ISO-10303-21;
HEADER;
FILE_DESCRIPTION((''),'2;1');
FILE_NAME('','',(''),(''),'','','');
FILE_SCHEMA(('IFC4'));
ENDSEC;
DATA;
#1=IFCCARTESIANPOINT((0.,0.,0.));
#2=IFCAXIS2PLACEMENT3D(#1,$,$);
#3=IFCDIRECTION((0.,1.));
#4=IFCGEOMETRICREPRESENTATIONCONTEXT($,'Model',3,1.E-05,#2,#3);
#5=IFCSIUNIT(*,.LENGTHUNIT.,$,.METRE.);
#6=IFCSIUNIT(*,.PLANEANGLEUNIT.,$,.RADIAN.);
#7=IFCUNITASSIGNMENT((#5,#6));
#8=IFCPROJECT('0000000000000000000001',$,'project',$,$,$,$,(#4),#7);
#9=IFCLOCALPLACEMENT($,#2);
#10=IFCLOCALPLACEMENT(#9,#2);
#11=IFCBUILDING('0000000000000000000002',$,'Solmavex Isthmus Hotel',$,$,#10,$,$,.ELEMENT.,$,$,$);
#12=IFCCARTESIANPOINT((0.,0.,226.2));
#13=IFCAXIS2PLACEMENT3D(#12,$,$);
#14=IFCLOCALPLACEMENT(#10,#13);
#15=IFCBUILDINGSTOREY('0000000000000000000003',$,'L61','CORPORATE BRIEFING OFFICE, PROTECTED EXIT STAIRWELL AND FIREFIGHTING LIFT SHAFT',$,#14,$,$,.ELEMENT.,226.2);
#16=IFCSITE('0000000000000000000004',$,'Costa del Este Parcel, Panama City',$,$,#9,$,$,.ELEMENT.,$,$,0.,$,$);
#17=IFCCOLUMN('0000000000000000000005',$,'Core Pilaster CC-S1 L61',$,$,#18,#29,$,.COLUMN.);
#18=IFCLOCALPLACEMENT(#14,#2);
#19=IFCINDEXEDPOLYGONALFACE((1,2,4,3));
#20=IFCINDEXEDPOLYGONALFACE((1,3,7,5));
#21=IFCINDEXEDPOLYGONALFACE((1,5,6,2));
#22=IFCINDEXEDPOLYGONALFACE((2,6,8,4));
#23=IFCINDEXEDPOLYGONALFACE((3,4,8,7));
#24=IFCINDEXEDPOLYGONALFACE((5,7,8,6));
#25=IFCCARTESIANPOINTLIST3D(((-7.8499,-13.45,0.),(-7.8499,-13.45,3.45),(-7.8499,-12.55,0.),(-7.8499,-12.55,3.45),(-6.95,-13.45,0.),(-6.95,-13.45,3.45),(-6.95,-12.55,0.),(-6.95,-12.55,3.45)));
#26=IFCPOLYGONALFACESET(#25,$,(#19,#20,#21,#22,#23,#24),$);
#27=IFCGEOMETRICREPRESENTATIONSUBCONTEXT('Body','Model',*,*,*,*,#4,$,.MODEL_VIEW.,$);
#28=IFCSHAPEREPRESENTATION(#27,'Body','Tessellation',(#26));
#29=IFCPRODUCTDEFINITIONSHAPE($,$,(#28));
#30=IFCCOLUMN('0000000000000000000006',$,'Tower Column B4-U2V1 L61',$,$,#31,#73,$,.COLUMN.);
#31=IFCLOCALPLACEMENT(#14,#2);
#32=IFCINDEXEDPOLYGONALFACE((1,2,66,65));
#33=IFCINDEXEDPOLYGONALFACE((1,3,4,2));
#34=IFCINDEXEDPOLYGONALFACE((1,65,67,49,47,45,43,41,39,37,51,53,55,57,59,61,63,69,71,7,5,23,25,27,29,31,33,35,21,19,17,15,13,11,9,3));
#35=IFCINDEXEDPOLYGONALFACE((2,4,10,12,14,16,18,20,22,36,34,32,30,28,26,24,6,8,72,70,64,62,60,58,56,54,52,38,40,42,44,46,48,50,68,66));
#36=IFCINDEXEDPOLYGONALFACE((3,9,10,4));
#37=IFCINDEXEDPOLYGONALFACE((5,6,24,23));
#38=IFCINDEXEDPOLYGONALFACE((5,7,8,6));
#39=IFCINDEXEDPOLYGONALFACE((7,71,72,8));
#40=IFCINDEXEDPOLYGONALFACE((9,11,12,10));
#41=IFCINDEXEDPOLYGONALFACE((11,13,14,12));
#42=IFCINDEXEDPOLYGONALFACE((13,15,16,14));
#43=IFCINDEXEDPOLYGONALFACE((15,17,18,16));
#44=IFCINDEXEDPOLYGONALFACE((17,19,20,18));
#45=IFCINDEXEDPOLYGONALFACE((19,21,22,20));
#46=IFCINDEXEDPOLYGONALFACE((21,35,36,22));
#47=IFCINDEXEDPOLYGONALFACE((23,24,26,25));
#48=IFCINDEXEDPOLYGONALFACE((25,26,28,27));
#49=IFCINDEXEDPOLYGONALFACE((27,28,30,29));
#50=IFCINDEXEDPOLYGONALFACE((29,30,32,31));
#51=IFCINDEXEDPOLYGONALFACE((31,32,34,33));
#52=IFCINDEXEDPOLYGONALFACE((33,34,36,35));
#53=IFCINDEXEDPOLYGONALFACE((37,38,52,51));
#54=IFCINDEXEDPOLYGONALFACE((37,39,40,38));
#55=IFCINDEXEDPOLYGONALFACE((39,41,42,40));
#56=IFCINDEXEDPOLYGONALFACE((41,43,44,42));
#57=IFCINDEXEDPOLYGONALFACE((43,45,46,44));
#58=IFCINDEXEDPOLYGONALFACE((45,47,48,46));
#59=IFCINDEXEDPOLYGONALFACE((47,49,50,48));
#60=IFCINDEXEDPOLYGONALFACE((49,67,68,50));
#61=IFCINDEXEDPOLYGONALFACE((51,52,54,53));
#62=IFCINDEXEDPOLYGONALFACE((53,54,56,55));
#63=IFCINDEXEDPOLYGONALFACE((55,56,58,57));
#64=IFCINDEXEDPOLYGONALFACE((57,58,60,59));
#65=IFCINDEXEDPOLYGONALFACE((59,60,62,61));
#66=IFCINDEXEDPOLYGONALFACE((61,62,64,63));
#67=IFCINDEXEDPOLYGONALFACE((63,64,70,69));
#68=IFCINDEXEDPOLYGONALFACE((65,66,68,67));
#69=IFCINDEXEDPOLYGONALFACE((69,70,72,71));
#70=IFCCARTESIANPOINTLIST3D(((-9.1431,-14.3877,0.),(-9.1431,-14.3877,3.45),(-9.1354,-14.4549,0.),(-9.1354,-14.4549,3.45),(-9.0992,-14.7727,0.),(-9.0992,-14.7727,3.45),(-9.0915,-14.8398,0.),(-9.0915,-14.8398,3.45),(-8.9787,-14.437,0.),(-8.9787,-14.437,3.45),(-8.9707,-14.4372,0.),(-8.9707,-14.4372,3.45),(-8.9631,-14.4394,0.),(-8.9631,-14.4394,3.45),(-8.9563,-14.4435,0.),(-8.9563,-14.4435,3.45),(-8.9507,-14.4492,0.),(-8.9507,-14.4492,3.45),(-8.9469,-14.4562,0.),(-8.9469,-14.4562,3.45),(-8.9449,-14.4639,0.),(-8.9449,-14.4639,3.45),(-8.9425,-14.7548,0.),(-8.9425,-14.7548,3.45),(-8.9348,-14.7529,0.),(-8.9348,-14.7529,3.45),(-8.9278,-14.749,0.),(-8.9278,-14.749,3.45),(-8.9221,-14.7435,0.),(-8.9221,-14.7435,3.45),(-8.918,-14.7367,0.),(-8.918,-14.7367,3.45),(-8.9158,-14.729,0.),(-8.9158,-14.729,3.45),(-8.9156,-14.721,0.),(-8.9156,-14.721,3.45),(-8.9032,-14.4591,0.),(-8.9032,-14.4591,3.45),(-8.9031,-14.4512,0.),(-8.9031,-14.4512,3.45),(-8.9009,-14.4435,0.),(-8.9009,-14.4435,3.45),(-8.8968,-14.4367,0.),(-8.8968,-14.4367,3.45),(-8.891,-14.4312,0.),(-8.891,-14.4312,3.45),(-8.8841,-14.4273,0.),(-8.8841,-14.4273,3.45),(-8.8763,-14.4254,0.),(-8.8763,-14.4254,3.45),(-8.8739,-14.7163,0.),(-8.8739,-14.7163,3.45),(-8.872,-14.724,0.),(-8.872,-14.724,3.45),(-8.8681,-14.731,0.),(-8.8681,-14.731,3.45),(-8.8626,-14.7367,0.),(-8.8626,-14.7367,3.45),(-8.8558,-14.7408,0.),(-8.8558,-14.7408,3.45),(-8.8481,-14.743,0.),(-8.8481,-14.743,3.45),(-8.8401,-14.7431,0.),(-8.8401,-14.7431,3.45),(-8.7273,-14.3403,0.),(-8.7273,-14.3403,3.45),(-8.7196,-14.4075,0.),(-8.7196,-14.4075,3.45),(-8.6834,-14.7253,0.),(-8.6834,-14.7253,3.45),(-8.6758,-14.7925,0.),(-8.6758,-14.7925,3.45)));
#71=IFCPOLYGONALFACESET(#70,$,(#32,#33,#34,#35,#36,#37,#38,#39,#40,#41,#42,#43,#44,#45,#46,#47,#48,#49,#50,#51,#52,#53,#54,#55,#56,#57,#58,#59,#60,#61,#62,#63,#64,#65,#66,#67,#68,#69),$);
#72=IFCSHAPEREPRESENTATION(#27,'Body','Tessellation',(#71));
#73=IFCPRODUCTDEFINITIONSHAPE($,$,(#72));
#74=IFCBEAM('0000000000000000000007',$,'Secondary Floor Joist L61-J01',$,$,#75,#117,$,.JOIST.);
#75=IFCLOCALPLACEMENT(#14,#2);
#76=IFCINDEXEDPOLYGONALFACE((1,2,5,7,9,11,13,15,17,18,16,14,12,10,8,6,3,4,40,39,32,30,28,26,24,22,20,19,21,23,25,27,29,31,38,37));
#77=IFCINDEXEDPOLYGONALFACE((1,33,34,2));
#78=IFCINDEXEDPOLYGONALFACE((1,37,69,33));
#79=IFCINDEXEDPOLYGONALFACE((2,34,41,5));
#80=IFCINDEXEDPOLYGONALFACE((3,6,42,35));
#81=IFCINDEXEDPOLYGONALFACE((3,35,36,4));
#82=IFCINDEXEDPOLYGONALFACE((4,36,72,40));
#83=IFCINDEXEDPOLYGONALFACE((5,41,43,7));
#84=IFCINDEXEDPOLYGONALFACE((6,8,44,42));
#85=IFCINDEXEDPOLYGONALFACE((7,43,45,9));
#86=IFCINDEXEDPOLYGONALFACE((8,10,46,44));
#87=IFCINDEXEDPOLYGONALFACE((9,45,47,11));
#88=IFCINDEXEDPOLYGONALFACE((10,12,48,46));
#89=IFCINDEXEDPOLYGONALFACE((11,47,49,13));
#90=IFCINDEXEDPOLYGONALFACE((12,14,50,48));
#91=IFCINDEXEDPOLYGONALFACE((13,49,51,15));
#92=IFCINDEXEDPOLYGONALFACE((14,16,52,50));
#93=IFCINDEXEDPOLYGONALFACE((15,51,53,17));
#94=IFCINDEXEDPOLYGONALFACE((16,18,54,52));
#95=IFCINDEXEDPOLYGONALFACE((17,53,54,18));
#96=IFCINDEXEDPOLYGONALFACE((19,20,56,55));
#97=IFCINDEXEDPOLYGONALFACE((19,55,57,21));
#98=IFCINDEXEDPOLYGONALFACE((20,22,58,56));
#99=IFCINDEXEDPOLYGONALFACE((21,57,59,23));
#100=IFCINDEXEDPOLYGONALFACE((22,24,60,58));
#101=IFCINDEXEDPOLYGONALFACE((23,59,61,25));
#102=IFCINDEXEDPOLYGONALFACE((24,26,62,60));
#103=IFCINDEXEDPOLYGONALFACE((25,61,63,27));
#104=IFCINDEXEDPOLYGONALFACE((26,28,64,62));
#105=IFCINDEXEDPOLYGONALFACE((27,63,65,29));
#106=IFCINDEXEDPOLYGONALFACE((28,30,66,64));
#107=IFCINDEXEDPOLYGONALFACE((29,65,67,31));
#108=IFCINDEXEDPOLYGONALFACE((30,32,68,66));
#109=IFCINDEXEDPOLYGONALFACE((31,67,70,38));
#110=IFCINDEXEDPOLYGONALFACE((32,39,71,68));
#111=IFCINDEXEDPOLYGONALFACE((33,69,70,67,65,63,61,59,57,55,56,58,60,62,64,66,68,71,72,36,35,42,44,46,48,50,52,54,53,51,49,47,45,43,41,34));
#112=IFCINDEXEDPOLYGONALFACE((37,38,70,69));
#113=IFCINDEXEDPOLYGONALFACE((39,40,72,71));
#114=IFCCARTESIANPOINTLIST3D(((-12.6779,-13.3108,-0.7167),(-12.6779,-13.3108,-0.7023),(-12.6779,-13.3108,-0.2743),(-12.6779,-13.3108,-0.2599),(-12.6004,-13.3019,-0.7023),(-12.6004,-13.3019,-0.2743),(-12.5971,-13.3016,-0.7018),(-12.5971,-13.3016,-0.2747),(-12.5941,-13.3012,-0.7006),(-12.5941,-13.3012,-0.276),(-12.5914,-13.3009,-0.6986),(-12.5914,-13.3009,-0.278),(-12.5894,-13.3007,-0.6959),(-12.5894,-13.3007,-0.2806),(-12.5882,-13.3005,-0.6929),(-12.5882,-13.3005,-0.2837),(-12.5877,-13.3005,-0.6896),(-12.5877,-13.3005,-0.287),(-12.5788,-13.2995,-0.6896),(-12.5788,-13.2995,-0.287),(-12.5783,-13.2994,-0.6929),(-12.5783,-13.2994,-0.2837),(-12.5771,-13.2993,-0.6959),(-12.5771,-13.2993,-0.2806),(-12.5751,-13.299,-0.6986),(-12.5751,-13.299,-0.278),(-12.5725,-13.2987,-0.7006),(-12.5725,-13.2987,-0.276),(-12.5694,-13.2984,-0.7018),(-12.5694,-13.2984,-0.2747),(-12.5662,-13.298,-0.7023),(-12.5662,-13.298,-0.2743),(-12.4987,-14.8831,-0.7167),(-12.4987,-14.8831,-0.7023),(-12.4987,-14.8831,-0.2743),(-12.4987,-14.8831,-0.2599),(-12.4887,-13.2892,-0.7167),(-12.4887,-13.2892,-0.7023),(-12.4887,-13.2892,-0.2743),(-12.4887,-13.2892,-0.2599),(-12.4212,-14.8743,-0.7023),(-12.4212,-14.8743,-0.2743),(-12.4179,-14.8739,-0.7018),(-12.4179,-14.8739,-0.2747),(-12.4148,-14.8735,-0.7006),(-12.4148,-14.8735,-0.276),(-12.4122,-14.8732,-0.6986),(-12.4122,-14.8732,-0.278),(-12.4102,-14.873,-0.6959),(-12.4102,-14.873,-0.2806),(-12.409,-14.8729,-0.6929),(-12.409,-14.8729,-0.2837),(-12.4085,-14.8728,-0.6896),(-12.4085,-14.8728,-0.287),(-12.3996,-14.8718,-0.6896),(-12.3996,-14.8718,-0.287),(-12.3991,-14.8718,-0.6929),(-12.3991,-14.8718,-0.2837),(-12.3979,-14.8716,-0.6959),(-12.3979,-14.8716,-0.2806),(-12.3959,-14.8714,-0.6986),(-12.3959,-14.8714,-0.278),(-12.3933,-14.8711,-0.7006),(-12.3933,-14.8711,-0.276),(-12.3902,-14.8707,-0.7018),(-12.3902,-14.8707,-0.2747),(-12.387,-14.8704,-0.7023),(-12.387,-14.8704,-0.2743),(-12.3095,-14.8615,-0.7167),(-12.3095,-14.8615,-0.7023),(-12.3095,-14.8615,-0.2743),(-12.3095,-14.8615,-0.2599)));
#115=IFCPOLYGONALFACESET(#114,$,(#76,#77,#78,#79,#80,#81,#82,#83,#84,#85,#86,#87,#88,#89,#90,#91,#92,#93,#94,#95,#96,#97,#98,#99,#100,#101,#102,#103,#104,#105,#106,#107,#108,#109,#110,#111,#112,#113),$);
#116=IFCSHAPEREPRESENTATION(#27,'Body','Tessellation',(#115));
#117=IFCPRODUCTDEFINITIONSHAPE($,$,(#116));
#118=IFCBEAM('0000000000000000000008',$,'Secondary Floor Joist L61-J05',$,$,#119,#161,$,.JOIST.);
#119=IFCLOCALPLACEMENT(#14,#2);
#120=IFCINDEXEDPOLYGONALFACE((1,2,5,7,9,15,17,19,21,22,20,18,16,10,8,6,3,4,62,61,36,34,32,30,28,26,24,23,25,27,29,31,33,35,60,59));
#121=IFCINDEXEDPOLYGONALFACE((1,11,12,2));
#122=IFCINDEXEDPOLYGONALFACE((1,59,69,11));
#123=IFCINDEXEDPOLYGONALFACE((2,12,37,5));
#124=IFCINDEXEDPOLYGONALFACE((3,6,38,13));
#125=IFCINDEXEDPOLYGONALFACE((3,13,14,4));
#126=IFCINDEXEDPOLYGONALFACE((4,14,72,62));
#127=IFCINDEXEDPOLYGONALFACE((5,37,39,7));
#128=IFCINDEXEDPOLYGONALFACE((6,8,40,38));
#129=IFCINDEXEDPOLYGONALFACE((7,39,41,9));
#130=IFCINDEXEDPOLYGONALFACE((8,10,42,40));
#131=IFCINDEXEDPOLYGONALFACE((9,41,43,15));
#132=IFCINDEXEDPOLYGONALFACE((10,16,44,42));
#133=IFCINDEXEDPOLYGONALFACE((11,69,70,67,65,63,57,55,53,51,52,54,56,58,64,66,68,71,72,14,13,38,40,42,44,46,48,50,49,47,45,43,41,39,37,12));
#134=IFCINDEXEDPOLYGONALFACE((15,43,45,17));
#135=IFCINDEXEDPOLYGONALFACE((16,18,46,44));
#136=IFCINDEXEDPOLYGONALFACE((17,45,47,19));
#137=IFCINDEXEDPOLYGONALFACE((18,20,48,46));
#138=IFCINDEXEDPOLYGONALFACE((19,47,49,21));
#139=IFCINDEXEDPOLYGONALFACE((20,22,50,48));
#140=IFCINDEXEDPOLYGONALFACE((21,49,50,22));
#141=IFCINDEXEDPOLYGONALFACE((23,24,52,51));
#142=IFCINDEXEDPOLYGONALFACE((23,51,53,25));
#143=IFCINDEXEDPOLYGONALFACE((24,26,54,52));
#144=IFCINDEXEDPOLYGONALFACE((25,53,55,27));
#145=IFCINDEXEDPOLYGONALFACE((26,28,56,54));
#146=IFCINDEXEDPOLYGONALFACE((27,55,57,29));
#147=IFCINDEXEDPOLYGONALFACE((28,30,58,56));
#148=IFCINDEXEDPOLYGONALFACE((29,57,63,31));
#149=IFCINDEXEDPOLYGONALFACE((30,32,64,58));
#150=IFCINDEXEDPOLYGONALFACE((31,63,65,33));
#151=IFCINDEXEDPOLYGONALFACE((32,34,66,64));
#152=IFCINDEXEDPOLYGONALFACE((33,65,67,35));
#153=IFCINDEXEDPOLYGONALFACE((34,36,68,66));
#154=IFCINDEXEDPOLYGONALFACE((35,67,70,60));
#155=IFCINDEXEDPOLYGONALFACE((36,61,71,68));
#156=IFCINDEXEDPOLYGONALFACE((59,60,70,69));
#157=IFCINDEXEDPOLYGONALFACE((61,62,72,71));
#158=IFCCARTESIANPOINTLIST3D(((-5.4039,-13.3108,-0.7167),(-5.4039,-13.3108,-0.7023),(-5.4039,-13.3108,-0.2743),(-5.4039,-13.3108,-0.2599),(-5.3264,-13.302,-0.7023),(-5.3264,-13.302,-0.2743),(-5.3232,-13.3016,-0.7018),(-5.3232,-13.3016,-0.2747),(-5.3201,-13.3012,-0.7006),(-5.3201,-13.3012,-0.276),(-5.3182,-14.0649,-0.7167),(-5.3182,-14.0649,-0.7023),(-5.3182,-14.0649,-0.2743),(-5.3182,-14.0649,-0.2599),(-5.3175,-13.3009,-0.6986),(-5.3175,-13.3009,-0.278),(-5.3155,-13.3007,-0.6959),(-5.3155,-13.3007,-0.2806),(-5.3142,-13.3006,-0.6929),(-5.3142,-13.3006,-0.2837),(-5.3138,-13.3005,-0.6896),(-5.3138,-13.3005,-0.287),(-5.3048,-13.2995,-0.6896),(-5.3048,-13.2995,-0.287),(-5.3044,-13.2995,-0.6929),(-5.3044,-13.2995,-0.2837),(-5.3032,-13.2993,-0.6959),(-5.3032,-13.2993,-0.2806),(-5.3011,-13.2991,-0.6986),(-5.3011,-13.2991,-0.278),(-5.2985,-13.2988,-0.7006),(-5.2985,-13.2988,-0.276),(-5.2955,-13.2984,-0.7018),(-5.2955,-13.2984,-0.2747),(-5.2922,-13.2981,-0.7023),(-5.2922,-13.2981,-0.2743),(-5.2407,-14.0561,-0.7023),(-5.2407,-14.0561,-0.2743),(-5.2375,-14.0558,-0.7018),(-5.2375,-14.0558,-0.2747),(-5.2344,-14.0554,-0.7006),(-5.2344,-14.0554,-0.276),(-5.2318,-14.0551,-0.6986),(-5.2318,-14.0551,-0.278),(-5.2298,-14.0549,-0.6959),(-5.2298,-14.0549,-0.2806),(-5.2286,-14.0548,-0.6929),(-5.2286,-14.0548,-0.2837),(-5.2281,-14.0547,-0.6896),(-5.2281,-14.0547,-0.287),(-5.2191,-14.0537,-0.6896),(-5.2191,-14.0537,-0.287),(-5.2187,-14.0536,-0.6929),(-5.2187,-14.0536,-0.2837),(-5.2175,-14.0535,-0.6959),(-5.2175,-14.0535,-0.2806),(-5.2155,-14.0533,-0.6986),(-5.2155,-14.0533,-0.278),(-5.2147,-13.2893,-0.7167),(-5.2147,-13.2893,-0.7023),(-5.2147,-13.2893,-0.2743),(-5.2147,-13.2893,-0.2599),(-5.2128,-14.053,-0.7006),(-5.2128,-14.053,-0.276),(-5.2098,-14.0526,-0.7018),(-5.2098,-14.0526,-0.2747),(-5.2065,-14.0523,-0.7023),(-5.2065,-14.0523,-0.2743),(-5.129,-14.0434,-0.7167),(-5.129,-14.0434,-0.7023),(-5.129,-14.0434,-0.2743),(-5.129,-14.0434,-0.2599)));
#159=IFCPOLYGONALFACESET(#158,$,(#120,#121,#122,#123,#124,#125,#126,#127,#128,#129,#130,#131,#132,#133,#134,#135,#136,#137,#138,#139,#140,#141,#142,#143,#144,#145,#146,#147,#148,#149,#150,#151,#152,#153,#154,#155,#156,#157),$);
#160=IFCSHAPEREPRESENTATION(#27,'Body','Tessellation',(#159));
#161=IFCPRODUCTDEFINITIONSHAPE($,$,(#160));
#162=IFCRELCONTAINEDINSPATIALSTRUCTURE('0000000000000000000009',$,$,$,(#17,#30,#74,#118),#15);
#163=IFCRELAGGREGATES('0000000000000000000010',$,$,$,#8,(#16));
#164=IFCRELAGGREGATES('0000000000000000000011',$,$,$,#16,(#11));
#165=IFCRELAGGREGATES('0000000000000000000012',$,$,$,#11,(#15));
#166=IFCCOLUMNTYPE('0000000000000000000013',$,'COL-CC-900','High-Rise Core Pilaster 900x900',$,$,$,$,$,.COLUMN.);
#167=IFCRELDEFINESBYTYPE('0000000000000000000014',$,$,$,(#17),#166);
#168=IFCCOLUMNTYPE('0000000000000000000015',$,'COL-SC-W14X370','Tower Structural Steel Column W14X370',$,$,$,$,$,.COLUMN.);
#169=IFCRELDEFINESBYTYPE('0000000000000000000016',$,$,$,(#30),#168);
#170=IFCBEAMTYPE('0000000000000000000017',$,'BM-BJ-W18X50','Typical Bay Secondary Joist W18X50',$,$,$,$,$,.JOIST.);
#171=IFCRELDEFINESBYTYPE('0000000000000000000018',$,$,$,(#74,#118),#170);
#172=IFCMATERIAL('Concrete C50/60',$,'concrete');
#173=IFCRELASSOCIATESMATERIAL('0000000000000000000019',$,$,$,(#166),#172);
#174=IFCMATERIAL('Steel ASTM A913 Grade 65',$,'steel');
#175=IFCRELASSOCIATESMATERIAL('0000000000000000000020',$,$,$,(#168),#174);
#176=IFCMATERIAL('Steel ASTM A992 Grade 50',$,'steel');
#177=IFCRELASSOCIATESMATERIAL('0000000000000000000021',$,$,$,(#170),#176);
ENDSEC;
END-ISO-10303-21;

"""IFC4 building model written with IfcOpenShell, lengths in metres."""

from ifc_helpers import new_model, si_unit, direction, frame, origin, origin_2d, place, context, subcontext, project, spatial, rectangle, i_section, extrude, material, material_profile, profile_set, type_object, element, save


model = new_model("IFC4")

# Units and contexts
model_context = context("Model", 3, precision=1e-05, world=origin(), true_north=direction((0.0, 1.0)))
body_context = subcontext(model_context, "Body", "Model", "MODEL_VIEW")
ifc_project = project(units=[si_unit("LENGTHUNIT", "METRE"), si_unit("PLANEANGLEUNIT", "RADIAN")], contexts=[model_context])

# Site, building, storey
site_placement = place(None, origin())
site = spatial("IfcSite", under=ifc_project, at=site_placement, Name="Costa del Este Parcel, Panama City", CompositionType="ELEMENT", RefElevation=0.0)
building_placement = place(site_placement, origin())
building = spatial("IfcBuilding", under=site, at=building_placement, Name="Solmavex Isthmus Hotel", CompositionType="ELEMENT")
storey_placement = place(building_placement, frame((0.0, 0.0, 226.2)))
storey = spatial("IfcBuildingStorey", under=building, at=storey_placement, Name="L61", Description="CORPORATE BRIEFING OFFICE, PROTECTED EXIT STAIRWELL AND FIREFIGHTING LIFT SHAFT", CompositionType="ELEMENT", Elevation=226.2)

# Columns
ifc_material_1 = material(Name="Concrete C50/60", Category="concrete")
ifc_material_profile_1 = material_profile(ifc_material_1, rectangle(XDim=0.8999, YDim=0.8999, at=origin_2d()), Name="RC900X900")
ifc_profile_set_1 = profile_set([ifc_material_profile_1], Name="Concrete C50/60")
column_type_1 = type_object("IfcColumnType", Name="COL-CC-900", Description="High-Rise Core Pilaster 900x900", PredefinedType="COLUMN", material=ifc_profile_set_1)
column_1_placement = place(storey_placement, frame((-7.3999, -13.0, 0.0), z_axis=(0.0, 0.0, 1.0), x_axis=(1.0, 0.0, 0.0)))
element("IfcColumn", 1, at=column_1_placement, inside=storey, type_object=column_type_1, Name="Core Pilaster CC-S1 L61", PredefinedType="COLUMN", context=body_context, shape_type="SweptSolid", body=[
    extrude(rectangle(XDim=0.8999, YDim=0.8999, at=origin_2d()), origin(), (0.0, 0.0, 1.0), 3.45),
])
ifc_material_2 = material(Name="Steel ASTM A913 Grade 65", Category="steel")
ifc_material_profile_2 = material_profile(ifc_material_2, i_section(OverallWidth=0.4185, OverallDepth=0.4551, WebThickness=0.042, FlangeThickness=0.0676, FilletRadius=0.0305, at=origin_2d()), Name="W14X370")
ifc_profile_set_2 = profile_set([ifc_material_profile_2], Name="Steel ASTM A913 Grade 65")
column_type_2 = type_object("IfcColumnType", Name="COL-SC-W14X370", Description="Tower Structural Steel Column W14X370", PredefinedType="COLUMN", material=ifc_profile_set_2)
column_2_placement = place(storey_placement, frame((-8.9094, -14.5901, 0.0), z_axis=(0.0, 0.0, 1.0), x_axis=(0.993572, 0.113203, 0.0)))
element("IfcColumn", 2, at=column_2_placement, inside=storey, type_object=column_type_2, Name="Tower Column B4-U2V1 L61", PredefinedType="COLUMN", context=body_context, shape_type="SweptSolid", body=[
    extrude(i_section(OverallWidth=0.4185, OverallDepth=0.4551, WebThickness=0.042, FlangeThickness=0.0676, FilletRadius=0.0305, at=origin_2d()), origin(), (0.0, 0.0, 1.0), 3.45),
])

# Beams
ifc_material_3 = material(Name="Steel ASTM A992 Grade 50", Category="steel")
ifc_material_profile_3 = material_profile(ifc_material_3, i_section(OverallWidth=0.1904, OverallDepth=0.4568, WebThickness=0.009, FlangeThickness=0.0144, FilletRadius=0.0127, at=origin_2d()), Name="W18X50")
ifc_profile_set_3 = profile_set([ifc_material_profile_3], Name="Steel ASTM A992 Grade 50")
beam_type_1 = type_object("IfcBeamType", Name="BM-BJ-W18X50", Description="Typical Bay Secondary Joist W18X50", PredefinedType="JOIST", material=ifc_profile_set_3)
beam_1_placement = place(storey_placement, frame((-12.4041, -14.8723, -0.4883), z_axis=(-0.113242, 0.993567, 0.0), x_axis=(-0.993567, -0.113242, 0.0)))
element("IfcBeam", 3, at=beam_1_placement, inside=storey, type_object=beam_type_1, Name="Secondary Floor Joist L61-J01", PredefinedType="JOIST", context=body_context, shape_type="SweptSolid", body=[
    extrude(i_section(OverallWidth=0.1904, OverallDepth=0.4568, WebThickness=0.009, FlangeThickness=0.0144, FilletRadius=0.0127, at=origin_2d()), origin(), (0.0, 0.0, 1.0), 1.5825),
])
beam_2_placement = place(storey_placement, frame((-5.2236, -14.0542, -0.4883), z_axis=(-0.112902, 0.993606, 0.0), x_axis=(-0.993606, -0.112902, 0.0)))
element("IfcBeam", 4, at=beam_2_placement, inside=storey, type_object=beam_type_1, Name="Secondary Floor Joist L61-J05", PredefinedType="JOIST", context=body_context, shape_type="SweptSolid", body=[
    extrude(i_section(OverallWidth=0.1904, OverallDepth=0.4568, WebThickness=0.009, FlangeThickness=0.0144, FilletRadius=0.0127, at=origin_2d()), origin(), (0.0, 0.0, 1.0), 0.759),
])

save(model, "model.ifc")
